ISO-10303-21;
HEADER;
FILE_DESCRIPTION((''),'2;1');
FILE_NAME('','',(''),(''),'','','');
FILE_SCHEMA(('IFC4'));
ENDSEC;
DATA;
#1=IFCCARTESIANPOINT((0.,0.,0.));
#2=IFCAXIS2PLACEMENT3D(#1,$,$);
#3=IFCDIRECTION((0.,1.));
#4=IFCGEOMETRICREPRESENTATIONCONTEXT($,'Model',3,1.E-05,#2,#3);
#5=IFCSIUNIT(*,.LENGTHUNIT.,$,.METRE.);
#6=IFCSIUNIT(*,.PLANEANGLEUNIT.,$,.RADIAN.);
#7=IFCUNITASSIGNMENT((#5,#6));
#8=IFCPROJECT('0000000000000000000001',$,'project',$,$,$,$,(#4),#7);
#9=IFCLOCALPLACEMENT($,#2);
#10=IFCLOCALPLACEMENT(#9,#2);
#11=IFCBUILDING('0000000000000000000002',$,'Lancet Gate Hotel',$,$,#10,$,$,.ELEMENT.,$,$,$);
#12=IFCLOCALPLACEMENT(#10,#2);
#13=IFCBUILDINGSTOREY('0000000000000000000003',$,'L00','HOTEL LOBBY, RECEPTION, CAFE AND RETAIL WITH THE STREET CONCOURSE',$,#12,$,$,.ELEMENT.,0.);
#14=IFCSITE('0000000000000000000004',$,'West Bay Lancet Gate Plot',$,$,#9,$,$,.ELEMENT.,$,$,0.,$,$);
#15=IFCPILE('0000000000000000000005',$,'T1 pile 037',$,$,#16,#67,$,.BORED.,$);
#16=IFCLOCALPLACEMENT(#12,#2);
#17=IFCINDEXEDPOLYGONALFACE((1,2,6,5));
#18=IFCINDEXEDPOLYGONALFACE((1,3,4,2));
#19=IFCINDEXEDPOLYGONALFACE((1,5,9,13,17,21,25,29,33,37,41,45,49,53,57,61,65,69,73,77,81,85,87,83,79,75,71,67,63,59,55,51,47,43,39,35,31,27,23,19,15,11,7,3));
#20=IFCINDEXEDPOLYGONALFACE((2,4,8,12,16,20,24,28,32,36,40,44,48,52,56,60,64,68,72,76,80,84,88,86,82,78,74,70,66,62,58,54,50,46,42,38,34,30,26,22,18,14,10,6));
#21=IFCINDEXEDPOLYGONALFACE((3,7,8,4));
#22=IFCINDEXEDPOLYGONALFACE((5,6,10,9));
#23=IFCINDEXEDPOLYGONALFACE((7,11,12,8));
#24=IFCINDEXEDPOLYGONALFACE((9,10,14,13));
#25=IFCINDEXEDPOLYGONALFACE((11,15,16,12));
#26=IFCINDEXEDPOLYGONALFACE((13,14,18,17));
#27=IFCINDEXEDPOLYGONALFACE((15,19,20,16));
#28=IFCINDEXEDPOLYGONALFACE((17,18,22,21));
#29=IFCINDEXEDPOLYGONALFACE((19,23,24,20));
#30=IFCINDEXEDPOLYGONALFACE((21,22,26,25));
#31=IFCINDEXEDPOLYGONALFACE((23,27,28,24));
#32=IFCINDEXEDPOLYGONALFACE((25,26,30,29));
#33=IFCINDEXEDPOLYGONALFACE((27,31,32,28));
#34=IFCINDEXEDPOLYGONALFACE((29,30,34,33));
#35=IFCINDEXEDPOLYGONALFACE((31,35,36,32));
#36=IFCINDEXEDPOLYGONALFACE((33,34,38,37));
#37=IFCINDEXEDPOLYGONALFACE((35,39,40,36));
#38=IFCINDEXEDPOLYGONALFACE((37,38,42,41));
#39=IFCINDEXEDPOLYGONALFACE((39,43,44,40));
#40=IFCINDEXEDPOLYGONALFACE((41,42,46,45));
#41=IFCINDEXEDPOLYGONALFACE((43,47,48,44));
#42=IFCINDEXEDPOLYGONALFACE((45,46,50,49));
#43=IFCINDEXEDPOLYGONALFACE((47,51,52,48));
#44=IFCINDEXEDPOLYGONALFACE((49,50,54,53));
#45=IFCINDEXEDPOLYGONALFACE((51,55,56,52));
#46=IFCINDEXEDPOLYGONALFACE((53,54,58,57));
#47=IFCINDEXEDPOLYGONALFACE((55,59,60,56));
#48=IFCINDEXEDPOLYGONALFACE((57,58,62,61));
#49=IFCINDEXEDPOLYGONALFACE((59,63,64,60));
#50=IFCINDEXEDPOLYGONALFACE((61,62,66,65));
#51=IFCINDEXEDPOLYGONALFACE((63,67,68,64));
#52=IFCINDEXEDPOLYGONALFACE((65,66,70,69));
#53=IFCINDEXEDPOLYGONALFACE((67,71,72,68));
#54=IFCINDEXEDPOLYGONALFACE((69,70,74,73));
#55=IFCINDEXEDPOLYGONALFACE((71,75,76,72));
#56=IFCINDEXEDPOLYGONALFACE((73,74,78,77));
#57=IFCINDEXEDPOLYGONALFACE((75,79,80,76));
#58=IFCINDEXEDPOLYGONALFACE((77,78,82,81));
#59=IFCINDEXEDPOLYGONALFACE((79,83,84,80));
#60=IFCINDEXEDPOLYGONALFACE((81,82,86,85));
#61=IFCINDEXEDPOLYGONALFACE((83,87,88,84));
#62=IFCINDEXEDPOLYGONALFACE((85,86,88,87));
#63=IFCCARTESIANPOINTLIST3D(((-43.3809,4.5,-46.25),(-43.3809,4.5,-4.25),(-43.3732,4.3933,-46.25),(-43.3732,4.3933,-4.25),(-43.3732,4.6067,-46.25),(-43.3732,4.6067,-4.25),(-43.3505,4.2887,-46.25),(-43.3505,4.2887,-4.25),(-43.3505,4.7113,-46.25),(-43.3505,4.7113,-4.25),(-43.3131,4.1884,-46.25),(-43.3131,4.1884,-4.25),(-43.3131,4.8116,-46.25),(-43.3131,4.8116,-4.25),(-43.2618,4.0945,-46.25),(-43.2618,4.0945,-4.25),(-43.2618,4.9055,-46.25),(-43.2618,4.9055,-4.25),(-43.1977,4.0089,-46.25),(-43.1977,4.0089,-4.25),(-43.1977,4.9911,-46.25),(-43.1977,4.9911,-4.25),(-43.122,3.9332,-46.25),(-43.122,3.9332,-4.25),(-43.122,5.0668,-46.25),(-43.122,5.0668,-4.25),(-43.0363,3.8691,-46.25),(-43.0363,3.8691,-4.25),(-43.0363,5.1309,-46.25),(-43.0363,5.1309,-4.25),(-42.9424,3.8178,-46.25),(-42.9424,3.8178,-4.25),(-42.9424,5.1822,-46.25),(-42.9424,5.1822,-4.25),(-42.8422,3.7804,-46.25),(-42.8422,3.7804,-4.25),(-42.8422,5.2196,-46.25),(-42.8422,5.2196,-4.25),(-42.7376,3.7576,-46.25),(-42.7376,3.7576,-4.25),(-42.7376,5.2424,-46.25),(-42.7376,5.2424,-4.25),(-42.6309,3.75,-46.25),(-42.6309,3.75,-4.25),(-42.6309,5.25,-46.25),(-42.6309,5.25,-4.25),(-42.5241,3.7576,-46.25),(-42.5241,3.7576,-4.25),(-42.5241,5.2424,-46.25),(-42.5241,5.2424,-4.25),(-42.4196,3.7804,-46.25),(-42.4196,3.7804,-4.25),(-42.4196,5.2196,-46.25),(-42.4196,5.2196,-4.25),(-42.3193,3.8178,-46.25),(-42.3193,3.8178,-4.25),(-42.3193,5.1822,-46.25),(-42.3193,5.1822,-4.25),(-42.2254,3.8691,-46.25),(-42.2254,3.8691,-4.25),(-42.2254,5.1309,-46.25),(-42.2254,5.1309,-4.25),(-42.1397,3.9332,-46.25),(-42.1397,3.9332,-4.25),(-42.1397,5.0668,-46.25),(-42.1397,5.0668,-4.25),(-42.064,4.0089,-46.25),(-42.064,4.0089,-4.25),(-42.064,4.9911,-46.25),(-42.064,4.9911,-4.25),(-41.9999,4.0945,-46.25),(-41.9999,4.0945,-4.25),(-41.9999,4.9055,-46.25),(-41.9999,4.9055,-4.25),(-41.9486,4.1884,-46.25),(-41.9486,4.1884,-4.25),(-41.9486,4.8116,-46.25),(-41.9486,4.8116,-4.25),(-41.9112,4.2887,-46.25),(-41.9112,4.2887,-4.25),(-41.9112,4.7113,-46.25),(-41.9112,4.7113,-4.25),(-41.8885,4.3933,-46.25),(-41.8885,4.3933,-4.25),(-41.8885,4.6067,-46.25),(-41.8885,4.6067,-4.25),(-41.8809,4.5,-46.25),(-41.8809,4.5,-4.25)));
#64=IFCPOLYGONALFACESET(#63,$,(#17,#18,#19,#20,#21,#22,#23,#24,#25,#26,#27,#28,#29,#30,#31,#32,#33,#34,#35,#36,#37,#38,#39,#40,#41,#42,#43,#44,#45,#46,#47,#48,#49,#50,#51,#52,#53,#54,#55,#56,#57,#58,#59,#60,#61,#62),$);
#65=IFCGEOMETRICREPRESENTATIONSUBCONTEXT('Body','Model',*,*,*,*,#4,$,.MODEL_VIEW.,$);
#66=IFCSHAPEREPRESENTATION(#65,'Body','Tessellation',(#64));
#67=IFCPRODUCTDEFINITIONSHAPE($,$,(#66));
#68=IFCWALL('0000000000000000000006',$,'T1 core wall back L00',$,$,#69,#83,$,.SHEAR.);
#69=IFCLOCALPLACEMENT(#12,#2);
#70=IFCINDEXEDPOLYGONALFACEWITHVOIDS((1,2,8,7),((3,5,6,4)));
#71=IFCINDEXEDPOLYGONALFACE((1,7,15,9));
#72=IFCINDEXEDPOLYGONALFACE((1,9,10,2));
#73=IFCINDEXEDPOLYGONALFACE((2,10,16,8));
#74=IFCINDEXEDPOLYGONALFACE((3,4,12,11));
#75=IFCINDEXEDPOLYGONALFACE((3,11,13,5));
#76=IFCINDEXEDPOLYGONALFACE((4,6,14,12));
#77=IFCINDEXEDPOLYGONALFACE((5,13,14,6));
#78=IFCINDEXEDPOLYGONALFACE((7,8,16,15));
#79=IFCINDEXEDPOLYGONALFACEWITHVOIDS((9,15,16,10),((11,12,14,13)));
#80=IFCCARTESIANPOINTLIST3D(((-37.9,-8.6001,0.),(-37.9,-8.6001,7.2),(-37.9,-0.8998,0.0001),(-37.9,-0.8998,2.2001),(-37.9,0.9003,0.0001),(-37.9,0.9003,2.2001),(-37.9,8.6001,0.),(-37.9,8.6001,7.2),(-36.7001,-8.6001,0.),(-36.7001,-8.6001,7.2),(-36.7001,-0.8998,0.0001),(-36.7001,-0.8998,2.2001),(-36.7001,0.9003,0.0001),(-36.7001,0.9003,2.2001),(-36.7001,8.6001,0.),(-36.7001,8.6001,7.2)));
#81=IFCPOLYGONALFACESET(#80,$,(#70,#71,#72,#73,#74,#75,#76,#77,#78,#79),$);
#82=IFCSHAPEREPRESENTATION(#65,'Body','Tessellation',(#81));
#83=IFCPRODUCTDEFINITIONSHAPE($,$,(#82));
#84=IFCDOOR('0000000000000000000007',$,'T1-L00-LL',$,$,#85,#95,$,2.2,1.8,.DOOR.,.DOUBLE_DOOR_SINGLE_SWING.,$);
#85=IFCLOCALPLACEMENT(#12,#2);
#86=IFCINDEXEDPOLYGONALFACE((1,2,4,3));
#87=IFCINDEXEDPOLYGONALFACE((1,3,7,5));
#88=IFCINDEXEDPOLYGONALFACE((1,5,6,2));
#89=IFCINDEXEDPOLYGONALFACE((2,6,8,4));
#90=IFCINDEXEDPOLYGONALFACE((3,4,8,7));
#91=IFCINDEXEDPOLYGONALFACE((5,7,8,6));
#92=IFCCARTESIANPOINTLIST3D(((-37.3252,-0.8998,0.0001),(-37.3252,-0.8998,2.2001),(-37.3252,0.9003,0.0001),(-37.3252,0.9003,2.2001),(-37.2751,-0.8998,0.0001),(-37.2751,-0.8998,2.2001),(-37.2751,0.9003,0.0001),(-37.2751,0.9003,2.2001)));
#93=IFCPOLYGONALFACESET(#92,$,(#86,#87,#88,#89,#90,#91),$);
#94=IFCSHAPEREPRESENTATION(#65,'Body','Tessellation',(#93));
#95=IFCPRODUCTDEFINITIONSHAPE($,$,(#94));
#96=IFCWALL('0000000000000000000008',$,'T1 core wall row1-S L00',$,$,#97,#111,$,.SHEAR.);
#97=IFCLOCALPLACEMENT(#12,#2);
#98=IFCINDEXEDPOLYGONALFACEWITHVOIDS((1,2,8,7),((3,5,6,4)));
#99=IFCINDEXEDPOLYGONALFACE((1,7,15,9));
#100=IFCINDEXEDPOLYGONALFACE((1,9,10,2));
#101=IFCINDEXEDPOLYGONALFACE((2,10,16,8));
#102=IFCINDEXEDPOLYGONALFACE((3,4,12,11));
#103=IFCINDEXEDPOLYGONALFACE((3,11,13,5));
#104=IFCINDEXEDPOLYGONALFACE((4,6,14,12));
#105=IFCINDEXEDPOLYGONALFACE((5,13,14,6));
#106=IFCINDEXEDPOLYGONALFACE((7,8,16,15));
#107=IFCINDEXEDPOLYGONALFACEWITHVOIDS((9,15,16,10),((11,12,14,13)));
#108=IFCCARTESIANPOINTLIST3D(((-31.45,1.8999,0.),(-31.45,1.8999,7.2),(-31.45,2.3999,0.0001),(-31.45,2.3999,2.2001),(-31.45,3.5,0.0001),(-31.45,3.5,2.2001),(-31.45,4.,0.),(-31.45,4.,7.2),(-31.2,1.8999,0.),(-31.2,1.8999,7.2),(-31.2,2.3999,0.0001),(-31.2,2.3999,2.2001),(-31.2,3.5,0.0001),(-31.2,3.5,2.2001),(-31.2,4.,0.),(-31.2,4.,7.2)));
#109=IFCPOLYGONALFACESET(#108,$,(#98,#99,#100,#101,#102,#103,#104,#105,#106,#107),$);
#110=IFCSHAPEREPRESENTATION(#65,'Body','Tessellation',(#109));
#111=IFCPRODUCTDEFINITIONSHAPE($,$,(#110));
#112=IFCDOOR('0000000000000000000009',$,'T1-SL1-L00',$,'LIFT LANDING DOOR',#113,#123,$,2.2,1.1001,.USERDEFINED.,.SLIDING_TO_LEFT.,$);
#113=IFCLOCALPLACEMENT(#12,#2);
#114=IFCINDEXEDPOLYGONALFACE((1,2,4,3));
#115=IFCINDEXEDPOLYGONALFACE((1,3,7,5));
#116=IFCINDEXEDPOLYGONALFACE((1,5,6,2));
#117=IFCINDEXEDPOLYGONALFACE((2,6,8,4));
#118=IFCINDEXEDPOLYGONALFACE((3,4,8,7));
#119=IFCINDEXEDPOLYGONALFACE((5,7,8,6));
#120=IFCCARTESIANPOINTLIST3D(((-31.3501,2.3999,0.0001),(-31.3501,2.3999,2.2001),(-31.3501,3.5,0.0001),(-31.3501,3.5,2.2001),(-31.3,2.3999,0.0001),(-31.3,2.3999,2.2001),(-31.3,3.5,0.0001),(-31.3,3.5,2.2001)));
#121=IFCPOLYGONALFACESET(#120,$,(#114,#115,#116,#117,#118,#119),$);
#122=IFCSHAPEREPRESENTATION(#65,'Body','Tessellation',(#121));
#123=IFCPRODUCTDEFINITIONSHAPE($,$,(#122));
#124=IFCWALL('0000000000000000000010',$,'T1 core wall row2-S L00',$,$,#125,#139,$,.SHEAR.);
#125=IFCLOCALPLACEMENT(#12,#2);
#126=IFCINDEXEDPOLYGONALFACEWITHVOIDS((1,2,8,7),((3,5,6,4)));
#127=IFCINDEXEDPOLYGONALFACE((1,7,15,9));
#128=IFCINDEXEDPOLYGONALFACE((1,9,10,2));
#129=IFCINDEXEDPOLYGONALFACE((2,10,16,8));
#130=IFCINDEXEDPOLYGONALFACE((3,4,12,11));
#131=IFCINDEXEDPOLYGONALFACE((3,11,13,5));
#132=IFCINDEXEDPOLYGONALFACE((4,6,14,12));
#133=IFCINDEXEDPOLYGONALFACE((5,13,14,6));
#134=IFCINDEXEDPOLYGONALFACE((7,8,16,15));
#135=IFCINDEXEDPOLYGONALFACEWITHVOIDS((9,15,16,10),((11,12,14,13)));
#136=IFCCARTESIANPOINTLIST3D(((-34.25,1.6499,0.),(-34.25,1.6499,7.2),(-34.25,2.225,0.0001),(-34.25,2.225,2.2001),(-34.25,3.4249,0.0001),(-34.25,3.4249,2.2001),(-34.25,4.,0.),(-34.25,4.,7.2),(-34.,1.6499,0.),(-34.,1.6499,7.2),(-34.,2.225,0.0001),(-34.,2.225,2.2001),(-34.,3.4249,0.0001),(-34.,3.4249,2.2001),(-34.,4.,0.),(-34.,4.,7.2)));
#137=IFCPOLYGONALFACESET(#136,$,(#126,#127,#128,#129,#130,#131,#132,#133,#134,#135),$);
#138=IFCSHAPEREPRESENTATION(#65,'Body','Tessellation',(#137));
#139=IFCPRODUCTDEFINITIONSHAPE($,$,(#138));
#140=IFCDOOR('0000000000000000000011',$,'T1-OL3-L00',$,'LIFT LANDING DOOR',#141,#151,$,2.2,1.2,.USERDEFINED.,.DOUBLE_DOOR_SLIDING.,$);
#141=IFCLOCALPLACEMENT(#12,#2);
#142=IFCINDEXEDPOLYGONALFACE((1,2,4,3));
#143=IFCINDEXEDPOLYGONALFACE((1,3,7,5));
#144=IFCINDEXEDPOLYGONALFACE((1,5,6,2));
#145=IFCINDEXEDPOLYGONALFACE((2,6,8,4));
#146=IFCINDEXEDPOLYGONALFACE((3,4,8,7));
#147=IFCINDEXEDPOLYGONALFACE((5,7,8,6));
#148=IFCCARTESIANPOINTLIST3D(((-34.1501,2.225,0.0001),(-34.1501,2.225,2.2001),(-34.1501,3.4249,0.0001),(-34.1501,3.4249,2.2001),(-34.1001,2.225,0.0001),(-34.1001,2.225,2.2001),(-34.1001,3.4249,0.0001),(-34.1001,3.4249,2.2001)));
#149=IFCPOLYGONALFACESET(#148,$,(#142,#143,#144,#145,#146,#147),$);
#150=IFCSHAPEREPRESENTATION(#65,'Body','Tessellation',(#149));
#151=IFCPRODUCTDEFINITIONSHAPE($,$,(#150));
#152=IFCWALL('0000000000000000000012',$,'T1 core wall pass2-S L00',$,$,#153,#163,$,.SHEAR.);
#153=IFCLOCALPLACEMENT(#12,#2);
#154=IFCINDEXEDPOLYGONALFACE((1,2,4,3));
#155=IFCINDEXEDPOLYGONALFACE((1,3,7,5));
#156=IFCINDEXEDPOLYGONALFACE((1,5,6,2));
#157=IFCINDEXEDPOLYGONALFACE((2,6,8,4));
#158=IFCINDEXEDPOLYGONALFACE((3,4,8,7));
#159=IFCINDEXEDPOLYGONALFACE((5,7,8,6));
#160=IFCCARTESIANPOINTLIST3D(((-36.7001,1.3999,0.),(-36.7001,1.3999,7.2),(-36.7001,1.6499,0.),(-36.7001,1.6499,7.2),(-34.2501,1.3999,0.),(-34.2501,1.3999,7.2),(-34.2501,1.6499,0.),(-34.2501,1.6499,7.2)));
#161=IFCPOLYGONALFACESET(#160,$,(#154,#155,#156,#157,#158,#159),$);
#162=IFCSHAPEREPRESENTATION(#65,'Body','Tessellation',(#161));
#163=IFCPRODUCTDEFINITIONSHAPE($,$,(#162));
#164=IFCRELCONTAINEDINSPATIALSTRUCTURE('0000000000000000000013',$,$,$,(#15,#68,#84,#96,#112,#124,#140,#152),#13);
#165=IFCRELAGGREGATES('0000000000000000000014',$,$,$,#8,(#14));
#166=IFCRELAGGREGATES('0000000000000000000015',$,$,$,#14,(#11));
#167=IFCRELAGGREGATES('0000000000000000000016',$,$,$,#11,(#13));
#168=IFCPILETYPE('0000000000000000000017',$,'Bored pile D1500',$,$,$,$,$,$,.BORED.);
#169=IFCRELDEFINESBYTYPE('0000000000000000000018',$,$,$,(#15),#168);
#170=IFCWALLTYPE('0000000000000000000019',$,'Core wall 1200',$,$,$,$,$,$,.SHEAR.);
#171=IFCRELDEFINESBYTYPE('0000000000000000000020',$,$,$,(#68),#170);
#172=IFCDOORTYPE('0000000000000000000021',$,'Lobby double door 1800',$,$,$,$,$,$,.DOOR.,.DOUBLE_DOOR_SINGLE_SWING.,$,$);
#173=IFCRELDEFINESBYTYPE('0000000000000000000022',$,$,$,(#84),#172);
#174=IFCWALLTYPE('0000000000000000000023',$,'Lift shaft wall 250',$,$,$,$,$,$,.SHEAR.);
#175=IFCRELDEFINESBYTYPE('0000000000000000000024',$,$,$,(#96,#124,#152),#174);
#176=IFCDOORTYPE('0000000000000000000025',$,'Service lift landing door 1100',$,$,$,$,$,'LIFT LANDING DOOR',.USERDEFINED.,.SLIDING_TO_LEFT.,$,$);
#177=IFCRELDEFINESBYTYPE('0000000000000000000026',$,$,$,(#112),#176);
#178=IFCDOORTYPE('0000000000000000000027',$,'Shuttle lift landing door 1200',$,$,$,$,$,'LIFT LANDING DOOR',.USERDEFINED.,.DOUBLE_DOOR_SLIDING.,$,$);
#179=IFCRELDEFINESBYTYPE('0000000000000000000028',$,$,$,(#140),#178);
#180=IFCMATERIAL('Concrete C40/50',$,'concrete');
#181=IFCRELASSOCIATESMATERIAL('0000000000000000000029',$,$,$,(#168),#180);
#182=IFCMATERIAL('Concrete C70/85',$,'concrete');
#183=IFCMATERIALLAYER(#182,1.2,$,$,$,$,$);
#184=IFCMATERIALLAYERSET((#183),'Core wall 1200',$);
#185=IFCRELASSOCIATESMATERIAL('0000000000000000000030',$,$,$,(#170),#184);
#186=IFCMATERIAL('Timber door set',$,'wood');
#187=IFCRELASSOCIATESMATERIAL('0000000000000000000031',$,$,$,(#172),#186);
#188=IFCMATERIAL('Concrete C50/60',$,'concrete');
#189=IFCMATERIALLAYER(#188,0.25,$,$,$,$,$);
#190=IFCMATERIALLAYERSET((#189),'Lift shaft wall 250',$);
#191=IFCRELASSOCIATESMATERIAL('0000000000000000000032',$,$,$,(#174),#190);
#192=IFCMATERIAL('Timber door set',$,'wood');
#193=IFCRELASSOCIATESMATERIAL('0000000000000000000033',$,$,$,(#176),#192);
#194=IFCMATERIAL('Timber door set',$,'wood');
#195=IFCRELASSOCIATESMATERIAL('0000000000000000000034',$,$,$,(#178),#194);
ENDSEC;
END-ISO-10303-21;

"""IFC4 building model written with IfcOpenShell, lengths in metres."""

from ifc_helpers import new_model, si_unit, direction, frame, frame_2d, origin, origin_2d, place, context, subcontext, project, spatial, rectangle, circle, extrude, material, layer, layer_set, material_profile, profile_set, type_object, element, fill, save


model = new_model("IFC4")

# Units and contexts
model_context = context("Model", 3, precision=1e-05, world=origin(), true_north=direction((0.0, 1.0)))
body_context = subcontext(model_context, "Body", "Model", "MODEL_VIEW")
ifc_project = project(units=[si_unit("LENGTHUNIT", "METRE"), si_unit("PLANEANGLEUNIT", "RADIAN")], contexts=[model_context])

# Site, building, storey
site_placement = place(None, origin())
site = spatial("IfcSite", under=ifc_project, at=site_placement, Name="West Bay Lancet Gate Plot", CompositionType="ELEMENT", RefElevation=0.0)
building_placement = place(site_placement, origin())
building = spatial("IfcBuilding", under=site, at=building_placement, Name="Lancet Gate Hotel", CompositionType="ELEMENT")
storey_placement = place(building_placement, origin())
storey = spatial("IfcBuildingStorey", under=building, at=storey_placement, Name="L00", Description="HOTEL LOBBY, RECEPTION, CAFE AND RETAIL WITH THE STREET CONCOURSE", CompositionType="ELEMENT", Elevation=0.0)

# Pile
ifc_material_1 = material(Name="Concrete C40/50", Category="concrete")
ifc_material_profile = material_profile(ifc_material_1, circle(Radius=0.75, at=origin_2d()), Name="PILE D1500")
ifc_profile_set = profile_set([ifc_material_profile], Name="Concrete C40/50")
pile_type = type_object("IfcPileType", Name="Bored pile D1500", PredefinedType="BORED", material=ifc_profile_set)
for number, where, z_axis, x_axis, name in (
    (1, (-42.6309, 4.5, -4.25), (0.0, 0.0, -1.0), (1.0, 0.0, 0.0), "T1 pile 037"),
):
    element("IfcPile", number, at=place(storey_placement, frame(where, z_axis=z_axis, x_axis=x_axis)), inside=storey, type_object=pile_type, Name=name, PredefinedType="BORED", context=body_context, shape_type="SweptSolid", body=[
        extrude(circle(Radius=0.75, at=origin_2d()), origin(), (0.0, 0.0, 1.0), 42.0),
    ])

# Walls, openings, doors
ifc_material_2 = material(Name="Concrete C70/85", Category="concrete")
ifc_layer_1 = layer(ifc_material_2, 1.2)
ifc_layer_set_1 = layer_set([ifc_layer_1], Name="Core wall 1200")
wall_type_1 = type_object("IfcWallType", Name="Core wall 1200", PredefinedType="SHEAR", material=ifc_layer_set_1)
wall_1_placement = place(storey_placement, frame((-37.3, 8.6001, 0.0), z_axis=(0.0, 0.0, 1.0), x_axis=(0.0, -1.0, 0.0)))
wall_1 = element("IfcWall", 2, at=wall_1_placement, inside=storey, type_object=wall_type_1, Name="T1 core wall back L00", PredefinedType="SHEAR", context=body_context, shape_type="SweptSolid", body=[
    extrude(rectangle(XDim=17.2002, YDim=1.2, at=frame_2d((8.6001, 0.0))), origin(), (0.0, 0.0, 1.0), 7.2),
])
opening_1_placement = place(wall_1_placement, frame((7.7, 0.0, 0.0)))
opening_1 = element("IfcOpeningElement", 3, at=opening_1_placement, cuts=wall_1, PredefinedType="OPENING", context=body_context, shape_type="SweptSolid", body=[
    extrude(rectangle(XDim=1.8, YDim=2.2, at=frame_2d((0.8999, 1.1001))), frame((0.0, 0.6099, 0.0), z_axis=(0.0, -1.0, 0.0), x_axis=(1.0, 0.0, 0.0)), (0.0, 0.0, 1.0), 1.22),
])
ifc_material_3 = material(Name="Timber door set", Category="wood")
door_type_1 = type_object("IfcDoorType", Name="Lobby double door 1800", OperationType="DOUBLE_DOOR_SINGLE_SWING", PredefinedType="DOOR", material=ifc_material_3)
door_1_placement = place(opening_1_placement, origin())
door_1 = element("IfcDoor", 4, at=door_1_placement, inside=storey, type_object=door_type_1, Name="T1-L00-LL", OperationType="DOUBLE_DOOR_SINGLE_SWING", OverallHeight=2.2, OverallWidth=1.8, PredefinedType="DOOR", context=body_context, shape_type="SweptSolid", body=[
    extrude(rectangle(XDim=1.8, YDim=2.2, at=frame_2d((0.8999, 1.1001))), frame((0.0, 0.0249, 0.0), z_axis=(0.0, -1.0, 0.0), x_axis=(1.0, 0.0, 0.0)), (0.0, 0.0, 1.0), 0.05),
])
fill(opening_1, door_1)
ifc_material_4 = material(Name="Concrete C50/60", Category="concrete")
ifc_layer_2 = layer(ifc_material_4, 0.25)
ifc_layer_set_2 = layer_set([ifc_layer_2], Name="Lift shaft wall 250")
wall_type_2 = type_object("IfcWallType", Name="Lift shaft wall 250", PredefinedType="SHEAR", material=ifc_layer_set_2)
wall_2_placement = place(storey_placement, frame((-31.325, 4.0, 0.0), z_axis=(0.0, 0.0, 1.0), x_axis=(0.0, -1.0, 0.0)))
wall_2 = element("IfcWall", 5, at=wall_2_placement, inside=storey, type_object=wall_type_2, Name="T1 core wall row1-S L00", PredefinedType="SHEAR", context=body_context, shape_type="SweptSolid", body=[
    extrude(rectangle(XDim=2.1001, YDim=0.25, at=frame_2d((1.05, 0.0))), origin(), (0.0, 0.0, 1.0), 7.2),
])
opening_2_placement = place(wall_2_placement, frame((0.5, 0.0, 0.0)))
opening_2 = element("IfcOpeningElement", 6, at=opening_2_placement, cuts=wall_2, PredefinedType="OPENING", context=body_context, shape_type="SweptSolid", body=[
    extrude(rectangle(XDim=1.1001, YDim=2.2, at=frame_2d((0.55, 1.1001))), frame((0.0, 0.135, 0.0), z_axis=(0.0, -1.0, 0.0), x_axis=(1.0, 0.0, 0.0)), (0.0, 0.0, 1.0), 0.27),
])
ifc_material_5 = material(Name="Timber door set", Category="wood")
door_type_2 = type_object("IfcDoorType", Name="Service lift landing door 1100", ElementType="LIFT LANDING DOOR", OperationType="SLIDING_TO_LEFT", PredefinedType="USERDEFINED", material=ifc_material_5)
door_2_placement = place(opening_2_placement, origin())
door_2 = element("IfcDoor", 7, at=door_2_placement, inside=storey, type_object=door_type_2, Name="T1-SL1-L00", ObjectType="LIFT LANDING DOOR", OperationType="SLIDING_TO_LEFT", OverallHeight=2.2, OverallWidth=1.1001, PredefinedType="USERDEFINED", context=body_context, shape_type="SweptSolid", body=[
    extrude(rectangle(XDim=1.1001, YDim=2.2, at=frame_2d((0.55, 1.1001))), frame((0.0, 0.0249, 0.0), z_axis=(0.0, -1.0, 0.0), x_axis=(1.0, 0.0, 0.0)), (0.0, 0.0, 1.0), 0.05),
])
fill(opening_2, door_2)
wall_3_placement = place(storey_placement, frame((-34.125, 4.0, 0.0), z_axis=(0.0, 0.0, 1.0), x_axis=(0.0, -1.0, 0.0)))
wall_3 = element("IfcWall", 8, at=wall_3_placement, inside=storey, type_object=wall_type_2, Name="T1 core wall row2-S L00", PredefinedType="SHEAR", context=body_context, shape_type="SweptSolid", body=[
    extrude(rectangle(XDim=2.3501, YDim=0.25, at=frame_2d((1.175, 0.0))), origin(), (0.0, 0.0, 1.0), 7.2),
])
opening_3_placement = place(wall_3_placement, frame((0.575, 0.0, 0.0)))
opening_3 = element("IfcOpeningElement", 9, at=opening_3_placement, cuts=wall_3, PredefinedType="OPENING", context=body_context, shape_type="SweptSolid", body=[
    extrude(rectangle(XDim=1.2, YDim=2.2, at=frame_2d((0.6001, 1.1001))), frame((0.0, 0.135, 0.0), z_axis=(0.0, -1.0, 0.0), x_axis=(1.0, 0.0, 0.0)), (0.0, 0.0, 1.0), 0.27),
])
ifc_material_6 = material(Name="Timber door set", Category="wood")
door_type_3 = type_object("IfcDoorType", Name="Shuttle lift landing door 1200", ElementType="LIFT LANDING DOOR", OperationType="DOUBLE_DOOR_SLIDING", PredefinedType="USERDEFINED", material=ifc_material_6)
door_3_placement = place(opening_3_placement, origin())
door_3 = element("IfcDoor", 10, at=door_3_placement, inside=storey, type_object=door_type_3, Name="T1-OL3-L00", ObjectType="LIFT LANDING DOOR", OperationType="DOUBLE_DOOR_SLIDING", OverallHeight=2.2, OverallWidth=1.2, PredefinedType="USERDEFINED", context=body_context, shape_type="SweptSolid", body=[
    extrude(rectangle(XDim=1.2, YDim=2.2, at=frame_2d((0.6001, 1.1001))), frame((0.0, 0.0249, 0.0), z_axis=(0.0, -1.0, 0.0), x_axis=(1.0, 0.0, 0.0)), (0.0, 0.0, 1.0), 0.05),
])
fill(opening_3, door_3)

# Wall
wall_4_placement = place(storey_placement, frame((-34.25, 1.5249, 0.0), z_axis=(0.0, 0.0, 1.0), x_axis=(-1.0, 0.0, 0.0)))
element("IfcWall", 11, at=wall_4_placement, inside=storey, type_object=wall_type_2, Name="T1 core wall pass2-S L00", PredefinedType="SHEAR", context=body_context, shape_type="SweptSolid", body=[
    extrude(rectangle(XDim=2.45, YDim=0.25, at=frame_2d((1.2251, 0.0))), origin(), (0.0, 0.0, 1.0), 7.2),
])

save(model, "model.ifc")
